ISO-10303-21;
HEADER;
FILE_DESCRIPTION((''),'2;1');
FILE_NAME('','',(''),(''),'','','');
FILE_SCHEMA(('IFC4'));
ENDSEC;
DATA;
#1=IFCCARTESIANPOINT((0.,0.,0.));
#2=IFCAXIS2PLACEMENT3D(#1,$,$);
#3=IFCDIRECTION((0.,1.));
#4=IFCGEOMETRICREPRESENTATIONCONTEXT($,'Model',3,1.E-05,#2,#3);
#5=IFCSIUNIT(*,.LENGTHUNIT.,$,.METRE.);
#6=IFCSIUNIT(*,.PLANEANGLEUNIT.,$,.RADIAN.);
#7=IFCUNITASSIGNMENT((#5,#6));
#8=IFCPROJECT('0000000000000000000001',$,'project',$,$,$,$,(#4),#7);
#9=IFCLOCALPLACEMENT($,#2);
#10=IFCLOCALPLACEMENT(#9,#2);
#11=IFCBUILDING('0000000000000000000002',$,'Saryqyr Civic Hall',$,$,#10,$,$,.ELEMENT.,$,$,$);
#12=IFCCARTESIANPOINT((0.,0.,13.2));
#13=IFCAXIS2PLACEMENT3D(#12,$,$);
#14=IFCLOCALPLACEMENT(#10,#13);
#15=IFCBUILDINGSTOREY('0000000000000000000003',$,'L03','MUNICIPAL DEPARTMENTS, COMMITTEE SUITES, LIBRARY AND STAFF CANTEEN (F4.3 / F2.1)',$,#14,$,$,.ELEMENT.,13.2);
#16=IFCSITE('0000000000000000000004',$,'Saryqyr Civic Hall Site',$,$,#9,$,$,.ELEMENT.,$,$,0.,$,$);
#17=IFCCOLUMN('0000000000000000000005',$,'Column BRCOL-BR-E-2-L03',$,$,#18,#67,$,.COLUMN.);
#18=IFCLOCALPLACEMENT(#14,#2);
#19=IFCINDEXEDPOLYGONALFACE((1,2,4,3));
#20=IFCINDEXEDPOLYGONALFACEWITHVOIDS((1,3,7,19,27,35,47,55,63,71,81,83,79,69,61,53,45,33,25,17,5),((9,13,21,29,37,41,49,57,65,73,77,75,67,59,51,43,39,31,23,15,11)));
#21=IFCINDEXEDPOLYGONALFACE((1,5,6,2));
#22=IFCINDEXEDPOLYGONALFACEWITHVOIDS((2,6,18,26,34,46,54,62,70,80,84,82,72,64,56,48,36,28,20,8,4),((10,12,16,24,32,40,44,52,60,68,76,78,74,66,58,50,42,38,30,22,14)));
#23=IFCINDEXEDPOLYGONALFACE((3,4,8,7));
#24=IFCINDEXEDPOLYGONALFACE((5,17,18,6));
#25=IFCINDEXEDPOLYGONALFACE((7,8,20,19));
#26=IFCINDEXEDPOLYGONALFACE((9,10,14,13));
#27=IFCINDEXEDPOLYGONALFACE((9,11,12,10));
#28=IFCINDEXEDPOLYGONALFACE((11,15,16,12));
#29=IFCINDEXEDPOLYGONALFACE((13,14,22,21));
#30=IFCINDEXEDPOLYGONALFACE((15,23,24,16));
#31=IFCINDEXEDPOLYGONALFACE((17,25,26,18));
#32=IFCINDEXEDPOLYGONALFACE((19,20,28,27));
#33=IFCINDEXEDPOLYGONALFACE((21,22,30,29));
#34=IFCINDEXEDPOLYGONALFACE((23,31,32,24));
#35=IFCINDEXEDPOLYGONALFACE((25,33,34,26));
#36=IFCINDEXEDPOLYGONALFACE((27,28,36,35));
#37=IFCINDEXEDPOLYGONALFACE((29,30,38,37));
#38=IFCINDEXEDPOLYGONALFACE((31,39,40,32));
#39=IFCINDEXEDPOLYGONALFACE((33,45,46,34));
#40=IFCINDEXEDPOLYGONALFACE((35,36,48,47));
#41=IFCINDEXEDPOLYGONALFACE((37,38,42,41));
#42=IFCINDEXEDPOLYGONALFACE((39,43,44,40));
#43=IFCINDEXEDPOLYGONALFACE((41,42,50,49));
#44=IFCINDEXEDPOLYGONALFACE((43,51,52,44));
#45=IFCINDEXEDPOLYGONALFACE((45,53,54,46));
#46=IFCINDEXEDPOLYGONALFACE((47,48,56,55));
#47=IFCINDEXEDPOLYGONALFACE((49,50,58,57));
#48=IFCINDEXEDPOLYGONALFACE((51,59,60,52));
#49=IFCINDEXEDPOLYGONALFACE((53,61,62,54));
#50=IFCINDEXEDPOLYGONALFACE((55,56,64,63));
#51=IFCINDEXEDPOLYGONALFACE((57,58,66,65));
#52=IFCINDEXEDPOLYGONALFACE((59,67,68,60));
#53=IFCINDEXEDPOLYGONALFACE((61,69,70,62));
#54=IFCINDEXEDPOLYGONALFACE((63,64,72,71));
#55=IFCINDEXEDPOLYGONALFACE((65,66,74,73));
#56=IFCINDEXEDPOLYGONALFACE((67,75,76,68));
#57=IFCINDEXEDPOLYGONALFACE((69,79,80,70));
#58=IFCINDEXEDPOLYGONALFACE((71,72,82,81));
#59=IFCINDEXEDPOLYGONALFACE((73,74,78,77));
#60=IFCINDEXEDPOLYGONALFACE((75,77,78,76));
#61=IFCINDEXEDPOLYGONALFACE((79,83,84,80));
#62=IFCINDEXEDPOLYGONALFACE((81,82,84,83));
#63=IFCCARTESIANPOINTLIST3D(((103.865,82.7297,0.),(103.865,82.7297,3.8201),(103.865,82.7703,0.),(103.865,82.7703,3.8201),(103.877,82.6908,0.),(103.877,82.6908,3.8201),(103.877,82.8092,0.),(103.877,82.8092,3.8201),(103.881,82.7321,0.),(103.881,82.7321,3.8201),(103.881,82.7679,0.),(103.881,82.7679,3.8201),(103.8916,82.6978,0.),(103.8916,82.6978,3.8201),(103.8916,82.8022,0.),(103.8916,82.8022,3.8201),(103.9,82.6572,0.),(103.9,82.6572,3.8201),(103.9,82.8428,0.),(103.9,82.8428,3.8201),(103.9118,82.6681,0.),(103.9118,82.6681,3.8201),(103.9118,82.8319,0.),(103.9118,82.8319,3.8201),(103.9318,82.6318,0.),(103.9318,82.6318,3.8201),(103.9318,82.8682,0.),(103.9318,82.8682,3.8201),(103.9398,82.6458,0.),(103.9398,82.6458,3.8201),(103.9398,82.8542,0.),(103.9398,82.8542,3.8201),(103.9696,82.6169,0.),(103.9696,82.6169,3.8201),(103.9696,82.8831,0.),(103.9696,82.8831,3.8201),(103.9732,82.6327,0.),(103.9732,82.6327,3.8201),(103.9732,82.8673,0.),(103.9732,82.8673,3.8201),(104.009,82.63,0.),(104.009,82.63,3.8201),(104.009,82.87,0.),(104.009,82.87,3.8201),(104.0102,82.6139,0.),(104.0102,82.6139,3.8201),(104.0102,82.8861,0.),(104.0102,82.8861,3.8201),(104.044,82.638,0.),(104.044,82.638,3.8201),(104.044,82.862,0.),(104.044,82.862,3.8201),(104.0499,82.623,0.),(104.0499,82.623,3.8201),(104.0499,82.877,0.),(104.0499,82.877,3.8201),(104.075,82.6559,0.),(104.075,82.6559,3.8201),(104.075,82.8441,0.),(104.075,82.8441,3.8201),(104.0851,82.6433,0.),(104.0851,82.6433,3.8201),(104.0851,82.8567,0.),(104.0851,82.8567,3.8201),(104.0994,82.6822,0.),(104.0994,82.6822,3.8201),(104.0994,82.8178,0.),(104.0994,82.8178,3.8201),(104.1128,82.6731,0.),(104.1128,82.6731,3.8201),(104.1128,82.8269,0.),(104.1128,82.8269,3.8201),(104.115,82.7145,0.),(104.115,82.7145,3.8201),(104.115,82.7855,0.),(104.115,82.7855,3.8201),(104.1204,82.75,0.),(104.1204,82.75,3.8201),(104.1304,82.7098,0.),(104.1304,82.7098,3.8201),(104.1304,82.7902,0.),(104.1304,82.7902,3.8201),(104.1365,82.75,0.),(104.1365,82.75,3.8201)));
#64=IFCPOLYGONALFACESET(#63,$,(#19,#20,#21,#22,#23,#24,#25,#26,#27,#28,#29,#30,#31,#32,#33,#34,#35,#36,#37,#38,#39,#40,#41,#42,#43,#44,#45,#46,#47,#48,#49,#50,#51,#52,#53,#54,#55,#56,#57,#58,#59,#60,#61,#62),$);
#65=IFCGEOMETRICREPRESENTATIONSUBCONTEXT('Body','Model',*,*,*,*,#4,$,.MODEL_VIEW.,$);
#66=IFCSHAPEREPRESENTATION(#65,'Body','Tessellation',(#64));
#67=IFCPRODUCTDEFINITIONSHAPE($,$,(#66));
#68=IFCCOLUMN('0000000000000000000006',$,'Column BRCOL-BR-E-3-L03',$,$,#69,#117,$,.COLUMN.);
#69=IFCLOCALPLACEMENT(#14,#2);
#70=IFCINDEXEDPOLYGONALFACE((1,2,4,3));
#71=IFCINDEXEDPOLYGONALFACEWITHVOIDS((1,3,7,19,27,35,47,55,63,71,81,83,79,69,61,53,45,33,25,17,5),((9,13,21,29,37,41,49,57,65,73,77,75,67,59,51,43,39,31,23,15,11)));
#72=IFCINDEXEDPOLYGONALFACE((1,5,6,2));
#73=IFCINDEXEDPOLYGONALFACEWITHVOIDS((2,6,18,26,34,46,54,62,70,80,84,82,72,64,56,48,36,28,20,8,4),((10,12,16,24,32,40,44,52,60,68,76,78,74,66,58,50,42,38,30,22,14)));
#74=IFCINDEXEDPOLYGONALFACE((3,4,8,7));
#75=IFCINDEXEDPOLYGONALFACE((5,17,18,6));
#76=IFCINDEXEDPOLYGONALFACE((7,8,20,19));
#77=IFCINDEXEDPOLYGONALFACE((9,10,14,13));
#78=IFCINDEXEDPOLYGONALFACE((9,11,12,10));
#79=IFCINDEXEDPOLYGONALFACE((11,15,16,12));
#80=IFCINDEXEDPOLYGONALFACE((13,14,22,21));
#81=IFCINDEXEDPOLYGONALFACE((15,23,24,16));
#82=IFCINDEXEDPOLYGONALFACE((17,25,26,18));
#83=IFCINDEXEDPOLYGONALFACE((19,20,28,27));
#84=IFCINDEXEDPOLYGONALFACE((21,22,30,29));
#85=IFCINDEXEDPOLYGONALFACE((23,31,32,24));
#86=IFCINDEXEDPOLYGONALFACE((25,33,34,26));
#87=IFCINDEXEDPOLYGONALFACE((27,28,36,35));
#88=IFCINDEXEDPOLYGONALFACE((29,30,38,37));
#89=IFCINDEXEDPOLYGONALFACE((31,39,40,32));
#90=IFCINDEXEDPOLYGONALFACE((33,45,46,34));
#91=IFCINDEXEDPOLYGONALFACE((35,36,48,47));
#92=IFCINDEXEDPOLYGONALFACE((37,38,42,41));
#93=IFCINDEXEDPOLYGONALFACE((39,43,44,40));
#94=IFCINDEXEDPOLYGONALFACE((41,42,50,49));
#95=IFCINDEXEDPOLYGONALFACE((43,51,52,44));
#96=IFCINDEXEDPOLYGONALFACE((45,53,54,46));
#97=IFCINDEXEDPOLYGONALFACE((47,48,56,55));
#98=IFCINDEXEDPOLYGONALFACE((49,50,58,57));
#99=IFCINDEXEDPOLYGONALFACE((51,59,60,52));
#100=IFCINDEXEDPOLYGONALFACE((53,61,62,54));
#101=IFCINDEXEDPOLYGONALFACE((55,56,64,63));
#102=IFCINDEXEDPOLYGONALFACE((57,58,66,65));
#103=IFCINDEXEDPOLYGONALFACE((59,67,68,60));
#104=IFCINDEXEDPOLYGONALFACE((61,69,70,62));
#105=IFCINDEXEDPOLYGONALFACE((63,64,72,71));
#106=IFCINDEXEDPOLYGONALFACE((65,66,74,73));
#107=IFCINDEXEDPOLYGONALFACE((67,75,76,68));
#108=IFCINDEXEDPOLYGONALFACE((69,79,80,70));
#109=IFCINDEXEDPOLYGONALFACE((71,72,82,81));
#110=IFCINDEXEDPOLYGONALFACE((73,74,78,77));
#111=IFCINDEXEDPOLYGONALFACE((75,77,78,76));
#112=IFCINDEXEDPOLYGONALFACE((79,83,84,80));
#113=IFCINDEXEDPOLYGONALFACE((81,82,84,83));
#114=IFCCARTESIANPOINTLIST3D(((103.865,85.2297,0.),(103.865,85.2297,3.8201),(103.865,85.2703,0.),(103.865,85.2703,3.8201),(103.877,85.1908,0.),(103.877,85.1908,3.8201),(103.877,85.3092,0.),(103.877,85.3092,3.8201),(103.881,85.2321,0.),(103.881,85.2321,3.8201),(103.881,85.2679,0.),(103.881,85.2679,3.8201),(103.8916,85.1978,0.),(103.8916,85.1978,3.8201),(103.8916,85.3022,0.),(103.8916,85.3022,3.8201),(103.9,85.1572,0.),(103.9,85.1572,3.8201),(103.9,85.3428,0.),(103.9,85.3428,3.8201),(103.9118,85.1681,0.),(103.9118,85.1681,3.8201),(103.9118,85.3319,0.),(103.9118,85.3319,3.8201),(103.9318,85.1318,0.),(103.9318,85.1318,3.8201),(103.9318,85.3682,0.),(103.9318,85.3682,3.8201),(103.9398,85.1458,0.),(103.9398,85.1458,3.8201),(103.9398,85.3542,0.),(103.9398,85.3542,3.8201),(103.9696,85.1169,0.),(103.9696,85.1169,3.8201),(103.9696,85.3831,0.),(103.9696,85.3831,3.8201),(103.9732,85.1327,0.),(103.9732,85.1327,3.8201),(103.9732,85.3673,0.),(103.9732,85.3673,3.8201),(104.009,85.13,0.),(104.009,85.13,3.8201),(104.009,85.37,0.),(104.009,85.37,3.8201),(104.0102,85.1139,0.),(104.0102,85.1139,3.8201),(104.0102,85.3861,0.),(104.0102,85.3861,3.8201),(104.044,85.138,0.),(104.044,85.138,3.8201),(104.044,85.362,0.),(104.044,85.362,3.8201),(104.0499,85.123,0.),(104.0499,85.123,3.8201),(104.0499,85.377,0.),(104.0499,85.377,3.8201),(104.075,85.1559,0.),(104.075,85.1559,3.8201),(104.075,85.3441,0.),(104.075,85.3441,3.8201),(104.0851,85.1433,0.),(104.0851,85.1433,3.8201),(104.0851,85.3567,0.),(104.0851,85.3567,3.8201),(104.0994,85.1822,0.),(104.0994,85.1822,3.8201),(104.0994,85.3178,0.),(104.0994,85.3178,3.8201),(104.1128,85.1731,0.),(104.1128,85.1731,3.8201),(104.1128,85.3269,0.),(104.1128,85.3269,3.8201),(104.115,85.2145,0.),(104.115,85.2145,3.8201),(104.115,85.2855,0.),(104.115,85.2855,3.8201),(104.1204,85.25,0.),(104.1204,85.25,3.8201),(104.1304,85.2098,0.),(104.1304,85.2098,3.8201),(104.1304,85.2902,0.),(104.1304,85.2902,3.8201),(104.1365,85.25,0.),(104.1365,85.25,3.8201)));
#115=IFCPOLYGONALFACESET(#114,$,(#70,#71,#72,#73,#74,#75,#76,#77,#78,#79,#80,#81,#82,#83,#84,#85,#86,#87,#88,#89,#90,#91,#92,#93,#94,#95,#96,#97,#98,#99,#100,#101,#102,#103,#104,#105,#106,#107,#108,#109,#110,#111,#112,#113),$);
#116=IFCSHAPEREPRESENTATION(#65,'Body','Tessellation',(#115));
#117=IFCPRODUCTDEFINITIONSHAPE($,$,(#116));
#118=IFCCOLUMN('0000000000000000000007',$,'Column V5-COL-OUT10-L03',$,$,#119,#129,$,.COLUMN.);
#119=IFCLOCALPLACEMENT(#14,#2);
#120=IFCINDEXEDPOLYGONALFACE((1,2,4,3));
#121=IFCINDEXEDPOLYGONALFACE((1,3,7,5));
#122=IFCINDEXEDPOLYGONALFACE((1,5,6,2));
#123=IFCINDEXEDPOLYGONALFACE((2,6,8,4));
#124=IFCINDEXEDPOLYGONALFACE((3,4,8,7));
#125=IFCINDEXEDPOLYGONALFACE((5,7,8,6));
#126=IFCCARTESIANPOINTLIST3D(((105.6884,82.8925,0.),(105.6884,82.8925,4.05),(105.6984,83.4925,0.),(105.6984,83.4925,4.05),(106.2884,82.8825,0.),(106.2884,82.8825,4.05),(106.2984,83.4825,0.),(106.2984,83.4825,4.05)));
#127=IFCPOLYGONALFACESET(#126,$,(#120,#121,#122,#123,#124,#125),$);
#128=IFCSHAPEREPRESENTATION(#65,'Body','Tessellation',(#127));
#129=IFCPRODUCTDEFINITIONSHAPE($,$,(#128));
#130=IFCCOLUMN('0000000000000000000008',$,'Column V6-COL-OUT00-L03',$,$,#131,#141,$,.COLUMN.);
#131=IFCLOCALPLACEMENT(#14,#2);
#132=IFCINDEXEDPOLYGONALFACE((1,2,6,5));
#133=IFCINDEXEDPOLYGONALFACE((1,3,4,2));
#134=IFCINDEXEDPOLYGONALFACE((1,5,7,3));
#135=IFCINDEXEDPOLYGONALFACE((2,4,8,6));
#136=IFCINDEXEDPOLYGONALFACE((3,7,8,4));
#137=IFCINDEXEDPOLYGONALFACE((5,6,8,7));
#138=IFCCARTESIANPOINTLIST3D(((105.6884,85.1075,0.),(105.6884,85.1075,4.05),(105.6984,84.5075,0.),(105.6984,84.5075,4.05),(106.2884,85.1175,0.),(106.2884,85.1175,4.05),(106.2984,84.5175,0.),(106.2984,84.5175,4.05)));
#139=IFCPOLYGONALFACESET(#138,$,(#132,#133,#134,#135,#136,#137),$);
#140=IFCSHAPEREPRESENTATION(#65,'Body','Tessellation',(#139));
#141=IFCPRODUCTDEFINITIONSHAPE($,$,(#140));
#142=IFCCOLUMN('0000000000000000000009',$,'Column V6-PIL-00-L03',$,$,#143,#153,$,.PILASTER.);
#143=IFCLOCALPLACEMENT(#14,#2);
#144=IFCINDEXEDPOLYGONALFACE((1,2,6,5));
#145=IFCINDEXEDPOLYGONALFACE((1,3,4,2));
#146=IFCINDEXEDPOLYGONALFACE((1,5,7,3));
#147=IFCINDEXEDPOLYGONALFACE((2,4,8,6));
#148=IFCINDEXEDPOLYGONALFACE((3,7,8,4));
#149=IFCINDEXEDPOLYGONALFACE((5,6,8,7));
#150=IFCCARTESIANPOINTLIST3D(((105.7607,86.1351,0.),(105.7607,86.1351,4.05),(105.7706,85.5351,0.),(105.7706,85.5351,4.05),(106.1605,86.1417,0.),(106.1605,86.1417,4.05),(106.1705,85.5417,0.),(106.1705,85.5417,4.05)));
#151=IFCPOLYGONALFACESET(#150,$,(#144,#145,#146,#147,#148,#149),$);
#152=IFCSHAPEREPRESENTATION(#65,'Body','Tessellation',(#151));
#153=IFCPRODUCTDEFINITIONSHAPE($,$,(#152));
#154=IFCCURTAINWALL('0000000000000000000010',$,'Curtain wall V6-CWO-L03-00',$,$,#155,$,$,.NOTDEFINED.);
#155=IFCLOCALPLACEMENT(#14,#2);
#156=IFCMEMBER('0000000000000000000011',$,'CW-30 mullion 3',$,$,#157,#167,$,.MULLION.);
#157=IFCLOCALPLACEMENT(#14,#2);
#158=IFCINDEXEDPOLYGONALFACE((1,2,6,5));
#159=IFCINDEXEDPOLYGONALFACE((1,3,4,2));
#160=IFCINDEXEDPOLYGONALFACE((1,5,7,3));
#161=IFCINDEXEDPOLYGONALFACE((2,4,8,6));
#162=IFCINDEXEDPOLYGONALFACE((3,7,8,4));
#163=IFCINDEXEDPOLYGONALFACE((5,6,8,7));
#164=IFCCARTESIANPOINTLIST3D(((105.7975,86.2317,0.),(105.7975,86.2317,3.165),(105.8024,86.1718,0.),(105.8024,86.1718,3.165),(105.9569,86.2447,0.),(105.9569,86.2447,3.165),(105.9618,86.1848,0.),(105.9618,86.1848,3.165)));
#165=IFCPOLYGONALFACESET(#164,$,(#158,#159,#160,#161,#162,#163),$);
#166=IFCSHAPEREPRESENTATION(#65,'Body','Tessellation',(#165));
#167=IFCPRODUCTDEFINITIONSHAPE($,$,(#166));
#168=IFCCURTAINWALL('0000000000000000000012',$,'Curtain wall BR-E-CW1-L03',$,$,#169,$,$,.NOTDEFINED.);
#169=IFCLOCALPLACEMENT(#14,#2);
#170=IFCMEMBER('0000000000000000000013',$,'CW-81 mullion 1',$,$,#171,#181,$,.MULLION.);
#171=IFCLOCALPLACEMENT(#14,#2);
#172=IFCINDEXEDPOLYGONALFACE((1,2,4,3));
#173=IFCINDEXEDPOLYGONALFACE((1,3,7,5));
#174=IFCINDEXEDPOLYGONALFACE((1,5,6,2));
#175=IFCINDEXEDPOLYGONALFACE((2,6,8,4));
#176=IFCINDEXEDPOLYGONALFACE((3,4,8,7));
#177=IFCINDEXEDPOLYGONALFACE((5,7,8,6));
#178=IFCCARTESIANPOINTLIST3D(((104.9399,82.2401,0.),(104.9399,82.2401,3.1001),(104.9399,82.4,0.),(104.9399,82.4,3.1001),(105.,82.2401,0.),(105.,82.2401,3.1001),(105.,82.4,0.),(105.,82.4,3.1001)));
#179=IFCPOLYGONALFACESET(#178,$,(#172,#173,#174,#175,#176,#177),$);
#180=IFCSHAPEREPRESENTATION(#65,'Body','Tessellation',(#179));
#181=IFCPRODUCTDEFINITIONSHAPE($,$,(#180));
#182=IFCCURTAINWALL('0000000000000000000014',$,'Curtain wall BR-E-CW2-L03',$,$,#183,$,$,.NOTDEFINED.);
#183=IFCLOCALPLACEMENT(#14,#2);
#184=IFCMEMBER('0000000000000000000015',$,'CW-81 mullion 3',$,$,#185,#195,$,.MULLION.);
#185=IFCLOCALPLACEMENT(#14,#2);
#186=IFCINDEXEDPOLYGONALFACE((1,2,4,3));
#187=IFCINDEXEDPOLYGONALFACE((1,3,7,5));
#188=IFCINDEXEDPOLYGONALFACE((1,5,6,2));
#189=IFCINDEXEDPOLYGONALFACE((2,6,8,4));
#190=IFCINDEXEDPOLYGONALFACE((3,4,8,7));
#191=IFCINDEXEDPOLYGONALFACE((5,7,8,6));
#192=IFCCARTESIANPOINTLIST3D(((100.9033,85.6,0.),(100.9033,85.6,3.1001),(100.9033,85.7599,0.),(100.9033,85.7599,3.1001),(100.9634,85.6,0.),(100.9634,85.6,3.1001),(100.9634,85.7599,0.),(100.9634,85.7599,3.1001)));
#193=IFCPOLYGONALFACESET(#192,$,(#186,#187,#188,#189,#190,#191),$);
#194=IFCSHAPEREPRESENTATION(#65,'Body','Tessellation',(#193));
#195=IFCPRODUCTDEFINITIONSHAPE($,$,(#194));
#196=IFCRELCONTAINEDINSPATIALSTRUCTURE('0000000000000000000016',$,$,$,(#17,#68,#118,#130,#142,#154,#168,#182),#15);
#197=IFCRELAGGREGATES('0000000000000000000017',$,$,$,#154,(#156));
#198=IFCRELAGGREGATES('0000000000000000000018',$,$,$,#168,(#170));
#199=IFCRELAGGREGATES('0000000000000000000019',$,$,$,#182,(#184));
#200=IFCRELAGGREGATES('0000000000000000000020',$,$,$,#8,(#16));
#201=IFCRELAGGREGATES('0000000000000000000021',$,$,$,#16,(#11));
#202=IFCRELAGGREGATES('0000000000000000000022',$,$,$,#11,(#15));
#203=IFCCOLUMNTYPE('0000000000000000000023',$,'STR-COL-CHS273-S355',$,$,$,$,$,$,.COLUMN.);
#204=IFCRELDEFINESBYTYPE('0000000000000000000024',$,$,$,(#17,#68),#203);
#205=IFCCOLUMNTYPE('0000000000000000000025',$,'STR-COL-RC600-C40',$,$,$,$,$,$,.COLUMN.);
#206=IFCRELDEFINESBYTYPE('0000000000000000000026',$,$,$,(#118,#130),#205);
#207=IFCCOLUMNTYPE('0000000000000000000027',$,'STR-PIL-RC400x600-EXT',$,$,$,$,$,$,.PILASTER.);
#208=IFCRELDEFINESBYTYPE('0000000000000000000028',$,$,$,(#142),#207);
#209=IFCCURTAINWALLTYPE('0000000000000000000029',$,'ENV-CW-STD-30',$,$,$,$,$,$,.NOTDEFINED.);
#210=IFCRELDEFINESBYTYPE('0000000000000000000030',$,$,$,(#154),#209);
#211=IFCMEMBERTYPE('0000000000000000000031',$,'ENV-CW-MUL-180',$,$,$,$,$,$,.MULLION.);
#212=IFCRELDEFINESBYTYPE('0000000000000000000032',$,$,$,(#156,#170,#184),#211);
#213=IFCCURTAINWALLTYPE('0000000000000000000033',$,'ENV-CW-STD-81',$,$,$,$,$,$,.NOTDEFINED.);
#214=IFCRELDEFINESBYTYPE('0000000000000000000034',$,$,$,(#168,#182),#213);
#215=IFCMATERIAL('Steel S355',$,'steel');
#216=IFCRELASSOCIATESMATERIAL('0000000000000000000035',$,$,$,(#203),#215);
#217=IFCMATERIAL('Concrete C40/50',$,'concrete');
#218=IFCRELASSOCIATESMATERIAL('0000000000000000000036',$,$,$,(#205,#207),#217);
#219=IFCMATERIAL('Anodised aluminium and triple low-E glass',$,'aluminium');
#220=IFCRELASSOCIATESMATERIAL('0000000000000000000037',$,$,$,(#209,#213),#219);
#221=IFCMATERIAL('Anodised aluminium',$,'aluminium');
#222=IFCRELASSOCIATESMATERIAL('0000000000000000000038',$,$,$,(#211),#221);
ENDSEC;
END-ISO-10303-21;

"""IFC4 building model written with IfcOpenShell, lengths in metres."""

from ifc_helpers import new_model, si_unit, direction, frame, origin, origin_2d, place, context, subcontext, project, spatial, rectangle, hollow_circle, extrude, material, material_profile, profile_set, type_object, element, aggregate, save


model = new_model("IFC4")

# Units and contexts
model_context = context("Model", 3, precision=1e-05, world=origin(), true_north=direction((0.0, 1.0)))
body_context = subcontext(model_context, "Body", "Model", "MODEL_VIEW")
ifc_project = project(units=[si_unit("LENGTHUNIT", "METRE"), si_unit("PLANEANGLEUNIT", "RADIAN")], contexts=[model_context])

# Site, building, storey
site_placement = place(None, origin())
site = spatial("IfcSite", under=ifc_project, at=site_placement, Name="Saryqyr Civic Hall Site", CompositionType="ELEMENT", RefElevation=0.0)
building_placement = place(site_placement, origin())
building = spatial("IfcBuilding", under=site, at=building_placement, Name="Saryqyr Civic Hall", CompositionType="ELEMENT")
storey_placement = place(building_placement, frame((0.0, 0.0, 13.2)))
storey = spatial("IfcBuildingStorey", under=building, at=storey_placement, Name="L03", Description="MUNICIPAL DEPARTMENTS, COMMITTEE SUITES, LIBRARY AND STAFF CANTEEN (F4.3 / F2.1)", CompositionType="ELEMENT", Elevation=13.2)

# Columns
ifc_material_1 = material(Name="Steel S355", Category="steel")
ifc_material_profile_1 = material_profile(ifc_material_1, hollow_circle(Radius=0.1365, WallThickness=0.0161, at=origin_2d()), Name="CHS 273x16")
ifc_profile_set_1 = profile_set([ifc_material_profile_1], Name="Steel S355")
column_type_1 = type_object("IfcColumnType", Name="STR-COL-CHS273-S355", PredefinedType="COLUMN", material=ifc_profile_set_1)
for number, where, z_axis, x_axis, name in (
    (1, (104.0, 82.75, 0.0), (0.0, 0.0, 1.0), (1.0, 0.0, 0.0), "Column BRCOL-BR-E-2-L03"),
    (2, (104.0, 85.25, 0.0), (0.0, 0.0, 1.0), (1.0, 0.0, 0.0), "Column BRCOL-BR-E-3-L03"),
):
    element("IfcColumn", number, at=place(storey_placement, frame(where, z_axis=z_axis, x_axis=x_axis)), inside=storey, type_object=column_type_1, Name=name, PredefinedType="COLUMN", context=body_context, shape_type="SweptSolid", body=[
        extrude(hollow_circle(Radius=0.1365, WallThickness=0.0161, at=origin_2d()), origin(), (0.0, 0.0, 1.0), 3.8201),
    ])
ifc_material_2 = material(Name="Concrete C40/50", Category="concrete")
ifc_material_profile_2 = material_profile(ifc_material_2, rectangle(XDim=0.6001, YDim=0.6001, at=origin_2d()), Name="RC 600x600")
ifc_profile_set_2 = profile_set([ifc_material_profile_2], Name="Concrete C40/50")
column_type_2 = type_object("IfcColumnType", Name="STR-COL-RC600-C40", PredefinedType="COLUMN", material=ifc_profile_set_2)
for number, where, z_axis, x_axis, name in (
    (3, (105.9934, 83.1875, 0.0), (0.0, 0.0, 1.0), (0.999863, -0.01658, 0.0), "Column V5-COL-OUT10-L03"),
    (4, (105.9934, 84.8125, 0.0), (0.0, 0.0, 1.0), (0.999863, 0.01658, 0.0), "Column V6-COL-OUT00-L03"),
):
    element("IfcColumn", number, at=place(storey_placement, frame(where, z_axis=z_axis, x_axis=x_axis)), inside=storey, type_object=column_type_2, Name=name, PredefinedType="COLUMN", context=body_context, shape_type="SweptSolid", body=[
        extrude(rectangle(XDim=0.6001, YDim=0.6001, at=origin_2d()), origin(), (0.0, 0.0, 1.0), 4.05),
    ])
ifc_material_profile_3 = material_profile(ifc_material_2, rectangle(XDim=0.3999, YDim=0.6001, at=origin_2d()), Name="RC 400x600")
ifc_profile_set_3 = profile_set([ifc_material_profile_3], Name="Concrete C40/50")
column_type_3 = type_object("IfcColumnType", Name="STR-PIL-RC400x600-EXT", PredefinedType="PILASTER", material=ifc_profile_set_3)
column_placement = place(storey_placement, frame((105.9656, 85.8384, 0.0), z_axis=(0.0, 0.0, 1.0), x_axis=(0.999863, 0.01658, 0.0)))
element("IfcColumn", 5, at=column_placement, inside=storey, type_object=column_type_3, Name="Column V6-PIL-00-L03", PredefinedType="PILASTER", context=body_context, shape_type="SweptSolid", body=[
    extrude(rectangle(XDim=0.3999, YDim=0.6001, at=origin_2d()), origin(), (0.0, 0.0, 1.0), 4.05),
])

# Curtain walls, members
ifc_material_3 = material(Name="Anodised aluminium and triple low-E glass", Category="aluminium")
curtain_wall_type_1 = type_object("IfcCurtainWallType", Name="ENV-CW-STD-30", PredefinedType="NOTDEFINED", material=ifc_material_3)
curtain_wall_1_placement = place(storey_placement, origin())
curtain_wall_1 = element("IfcCurtainWall", 6, at=curtain_wall_1_placement, inside=storey, type_object=curtain_wall_type_1, Name="Curtain wall V6-CWO-L03-00", PredefinedType="NOTDEFINED")
ifc_material_4 = material(Name="Anodised aluminium", Category="aluminium")
ifc_material_profile_4 = material_profile(ifc_material_4, rectangle(XDim=0.0601, YDim=0.1599, at=origin_2d()), Name="ALU MULLION 60x160")
ifc_profile_set_4 = profile_set([ifc_material_profile_4], Name="Anodised aluminium")
member_type_1 = type_object("IfcMemberType", Name="ENV-CW-MUL-180", PredefinedType="MULLION", material=ifc_profile_set_4)
member_1_placement = place(storey_placement, frame((105.8796, 86.2083, 0.0), z_axis=(0.0, 0.0, 1.0), x_axis=(0.081093, -0.996707, 0.0)))
member_1 = element("IfcMember", 7, at=member_1_placement, type_object=member_type_1, Name="CW-30 mullion 3", PredefinedType="MULLION", context=body_context, shape_type="SweptSolid", body=[
    extrude(rectangle(XDim=0.0601, YDim=0.1599, at=origin_2d()), origin(), (0.0, 0.0, 1.0), 3.165),
])
aggregate(curtain_wall_1, [member_1])
curtain_wall_type_2 = type_object("IfcCurtainWallType", Name="ENV-CW-STD-81", PredefinedType="NOTDEFINED", material=ifc_material_3)
curtain_wall_2_placement = place(storey_placement, origin())
curtain_wall_2 = element("IfcCurtainWall", 8, at=curtain_wall_2_placement, inside=storey, type_object=curtain_wall_type_2, Name="Curtain wall BR-E-CW1-L03", PredefinedType="NOTDEFINED")
member_2_placement = place(storey_placement, frame((104.97, 82.3201, 0.0), z_axis=(0.0, 0.0, 1.0), x_axis=(-1.0, 0.0, 0.0)))
member_2 = element("IfcMember", 9, at=member_2_placement, type_object=member_type_1, Name="CW-81 mullion 1", PredefinedType="MULLION", context=body_context, shape_type="SweptSolid", body=[
    extrude(rectangle(XDim=0.0601, YDim=0.1599, at=origin_2d()), origin(), (0.0, 0.0, 1.0), 3.1001),
])

# Curtain wall, member
curtain_wall_3_placement = place(storey_placement, origin())
curtain_wall_3 = element("IfcCurtainWall", 10, at=curtain_wall_3_placement, inside=storey, type_object=curtain_wall_type_2, Name="Curtain wall BR-E-CW2-L03", PredefinedType="NOTDEFINED")
member_3_placement = place(storey_placement, frame((100.9333, 85.6799, 0.0), z_axis=(0.0, 0.0, 1.0), x_axis=(1.0, 0.0, 0.0)))
member_3 = element("IfcMember", 11, at=member_3_placement, type_object=member_type_1, Name="CW-81 mullion 3", PredefinedType="MULLION", context=body_context, shape_type="SweptSolid", body=[
    extrude(rectangle(XDim=0.0601, YDim=0.1599, at=origin_2d()), origin(), (0.0, 0.0, 1.0), 3.1001),
])

aggregate(curtain_wall_2, [member_2])
aggregate(curtain_wall_3, [member_3])

save(model, "model.ifc")
